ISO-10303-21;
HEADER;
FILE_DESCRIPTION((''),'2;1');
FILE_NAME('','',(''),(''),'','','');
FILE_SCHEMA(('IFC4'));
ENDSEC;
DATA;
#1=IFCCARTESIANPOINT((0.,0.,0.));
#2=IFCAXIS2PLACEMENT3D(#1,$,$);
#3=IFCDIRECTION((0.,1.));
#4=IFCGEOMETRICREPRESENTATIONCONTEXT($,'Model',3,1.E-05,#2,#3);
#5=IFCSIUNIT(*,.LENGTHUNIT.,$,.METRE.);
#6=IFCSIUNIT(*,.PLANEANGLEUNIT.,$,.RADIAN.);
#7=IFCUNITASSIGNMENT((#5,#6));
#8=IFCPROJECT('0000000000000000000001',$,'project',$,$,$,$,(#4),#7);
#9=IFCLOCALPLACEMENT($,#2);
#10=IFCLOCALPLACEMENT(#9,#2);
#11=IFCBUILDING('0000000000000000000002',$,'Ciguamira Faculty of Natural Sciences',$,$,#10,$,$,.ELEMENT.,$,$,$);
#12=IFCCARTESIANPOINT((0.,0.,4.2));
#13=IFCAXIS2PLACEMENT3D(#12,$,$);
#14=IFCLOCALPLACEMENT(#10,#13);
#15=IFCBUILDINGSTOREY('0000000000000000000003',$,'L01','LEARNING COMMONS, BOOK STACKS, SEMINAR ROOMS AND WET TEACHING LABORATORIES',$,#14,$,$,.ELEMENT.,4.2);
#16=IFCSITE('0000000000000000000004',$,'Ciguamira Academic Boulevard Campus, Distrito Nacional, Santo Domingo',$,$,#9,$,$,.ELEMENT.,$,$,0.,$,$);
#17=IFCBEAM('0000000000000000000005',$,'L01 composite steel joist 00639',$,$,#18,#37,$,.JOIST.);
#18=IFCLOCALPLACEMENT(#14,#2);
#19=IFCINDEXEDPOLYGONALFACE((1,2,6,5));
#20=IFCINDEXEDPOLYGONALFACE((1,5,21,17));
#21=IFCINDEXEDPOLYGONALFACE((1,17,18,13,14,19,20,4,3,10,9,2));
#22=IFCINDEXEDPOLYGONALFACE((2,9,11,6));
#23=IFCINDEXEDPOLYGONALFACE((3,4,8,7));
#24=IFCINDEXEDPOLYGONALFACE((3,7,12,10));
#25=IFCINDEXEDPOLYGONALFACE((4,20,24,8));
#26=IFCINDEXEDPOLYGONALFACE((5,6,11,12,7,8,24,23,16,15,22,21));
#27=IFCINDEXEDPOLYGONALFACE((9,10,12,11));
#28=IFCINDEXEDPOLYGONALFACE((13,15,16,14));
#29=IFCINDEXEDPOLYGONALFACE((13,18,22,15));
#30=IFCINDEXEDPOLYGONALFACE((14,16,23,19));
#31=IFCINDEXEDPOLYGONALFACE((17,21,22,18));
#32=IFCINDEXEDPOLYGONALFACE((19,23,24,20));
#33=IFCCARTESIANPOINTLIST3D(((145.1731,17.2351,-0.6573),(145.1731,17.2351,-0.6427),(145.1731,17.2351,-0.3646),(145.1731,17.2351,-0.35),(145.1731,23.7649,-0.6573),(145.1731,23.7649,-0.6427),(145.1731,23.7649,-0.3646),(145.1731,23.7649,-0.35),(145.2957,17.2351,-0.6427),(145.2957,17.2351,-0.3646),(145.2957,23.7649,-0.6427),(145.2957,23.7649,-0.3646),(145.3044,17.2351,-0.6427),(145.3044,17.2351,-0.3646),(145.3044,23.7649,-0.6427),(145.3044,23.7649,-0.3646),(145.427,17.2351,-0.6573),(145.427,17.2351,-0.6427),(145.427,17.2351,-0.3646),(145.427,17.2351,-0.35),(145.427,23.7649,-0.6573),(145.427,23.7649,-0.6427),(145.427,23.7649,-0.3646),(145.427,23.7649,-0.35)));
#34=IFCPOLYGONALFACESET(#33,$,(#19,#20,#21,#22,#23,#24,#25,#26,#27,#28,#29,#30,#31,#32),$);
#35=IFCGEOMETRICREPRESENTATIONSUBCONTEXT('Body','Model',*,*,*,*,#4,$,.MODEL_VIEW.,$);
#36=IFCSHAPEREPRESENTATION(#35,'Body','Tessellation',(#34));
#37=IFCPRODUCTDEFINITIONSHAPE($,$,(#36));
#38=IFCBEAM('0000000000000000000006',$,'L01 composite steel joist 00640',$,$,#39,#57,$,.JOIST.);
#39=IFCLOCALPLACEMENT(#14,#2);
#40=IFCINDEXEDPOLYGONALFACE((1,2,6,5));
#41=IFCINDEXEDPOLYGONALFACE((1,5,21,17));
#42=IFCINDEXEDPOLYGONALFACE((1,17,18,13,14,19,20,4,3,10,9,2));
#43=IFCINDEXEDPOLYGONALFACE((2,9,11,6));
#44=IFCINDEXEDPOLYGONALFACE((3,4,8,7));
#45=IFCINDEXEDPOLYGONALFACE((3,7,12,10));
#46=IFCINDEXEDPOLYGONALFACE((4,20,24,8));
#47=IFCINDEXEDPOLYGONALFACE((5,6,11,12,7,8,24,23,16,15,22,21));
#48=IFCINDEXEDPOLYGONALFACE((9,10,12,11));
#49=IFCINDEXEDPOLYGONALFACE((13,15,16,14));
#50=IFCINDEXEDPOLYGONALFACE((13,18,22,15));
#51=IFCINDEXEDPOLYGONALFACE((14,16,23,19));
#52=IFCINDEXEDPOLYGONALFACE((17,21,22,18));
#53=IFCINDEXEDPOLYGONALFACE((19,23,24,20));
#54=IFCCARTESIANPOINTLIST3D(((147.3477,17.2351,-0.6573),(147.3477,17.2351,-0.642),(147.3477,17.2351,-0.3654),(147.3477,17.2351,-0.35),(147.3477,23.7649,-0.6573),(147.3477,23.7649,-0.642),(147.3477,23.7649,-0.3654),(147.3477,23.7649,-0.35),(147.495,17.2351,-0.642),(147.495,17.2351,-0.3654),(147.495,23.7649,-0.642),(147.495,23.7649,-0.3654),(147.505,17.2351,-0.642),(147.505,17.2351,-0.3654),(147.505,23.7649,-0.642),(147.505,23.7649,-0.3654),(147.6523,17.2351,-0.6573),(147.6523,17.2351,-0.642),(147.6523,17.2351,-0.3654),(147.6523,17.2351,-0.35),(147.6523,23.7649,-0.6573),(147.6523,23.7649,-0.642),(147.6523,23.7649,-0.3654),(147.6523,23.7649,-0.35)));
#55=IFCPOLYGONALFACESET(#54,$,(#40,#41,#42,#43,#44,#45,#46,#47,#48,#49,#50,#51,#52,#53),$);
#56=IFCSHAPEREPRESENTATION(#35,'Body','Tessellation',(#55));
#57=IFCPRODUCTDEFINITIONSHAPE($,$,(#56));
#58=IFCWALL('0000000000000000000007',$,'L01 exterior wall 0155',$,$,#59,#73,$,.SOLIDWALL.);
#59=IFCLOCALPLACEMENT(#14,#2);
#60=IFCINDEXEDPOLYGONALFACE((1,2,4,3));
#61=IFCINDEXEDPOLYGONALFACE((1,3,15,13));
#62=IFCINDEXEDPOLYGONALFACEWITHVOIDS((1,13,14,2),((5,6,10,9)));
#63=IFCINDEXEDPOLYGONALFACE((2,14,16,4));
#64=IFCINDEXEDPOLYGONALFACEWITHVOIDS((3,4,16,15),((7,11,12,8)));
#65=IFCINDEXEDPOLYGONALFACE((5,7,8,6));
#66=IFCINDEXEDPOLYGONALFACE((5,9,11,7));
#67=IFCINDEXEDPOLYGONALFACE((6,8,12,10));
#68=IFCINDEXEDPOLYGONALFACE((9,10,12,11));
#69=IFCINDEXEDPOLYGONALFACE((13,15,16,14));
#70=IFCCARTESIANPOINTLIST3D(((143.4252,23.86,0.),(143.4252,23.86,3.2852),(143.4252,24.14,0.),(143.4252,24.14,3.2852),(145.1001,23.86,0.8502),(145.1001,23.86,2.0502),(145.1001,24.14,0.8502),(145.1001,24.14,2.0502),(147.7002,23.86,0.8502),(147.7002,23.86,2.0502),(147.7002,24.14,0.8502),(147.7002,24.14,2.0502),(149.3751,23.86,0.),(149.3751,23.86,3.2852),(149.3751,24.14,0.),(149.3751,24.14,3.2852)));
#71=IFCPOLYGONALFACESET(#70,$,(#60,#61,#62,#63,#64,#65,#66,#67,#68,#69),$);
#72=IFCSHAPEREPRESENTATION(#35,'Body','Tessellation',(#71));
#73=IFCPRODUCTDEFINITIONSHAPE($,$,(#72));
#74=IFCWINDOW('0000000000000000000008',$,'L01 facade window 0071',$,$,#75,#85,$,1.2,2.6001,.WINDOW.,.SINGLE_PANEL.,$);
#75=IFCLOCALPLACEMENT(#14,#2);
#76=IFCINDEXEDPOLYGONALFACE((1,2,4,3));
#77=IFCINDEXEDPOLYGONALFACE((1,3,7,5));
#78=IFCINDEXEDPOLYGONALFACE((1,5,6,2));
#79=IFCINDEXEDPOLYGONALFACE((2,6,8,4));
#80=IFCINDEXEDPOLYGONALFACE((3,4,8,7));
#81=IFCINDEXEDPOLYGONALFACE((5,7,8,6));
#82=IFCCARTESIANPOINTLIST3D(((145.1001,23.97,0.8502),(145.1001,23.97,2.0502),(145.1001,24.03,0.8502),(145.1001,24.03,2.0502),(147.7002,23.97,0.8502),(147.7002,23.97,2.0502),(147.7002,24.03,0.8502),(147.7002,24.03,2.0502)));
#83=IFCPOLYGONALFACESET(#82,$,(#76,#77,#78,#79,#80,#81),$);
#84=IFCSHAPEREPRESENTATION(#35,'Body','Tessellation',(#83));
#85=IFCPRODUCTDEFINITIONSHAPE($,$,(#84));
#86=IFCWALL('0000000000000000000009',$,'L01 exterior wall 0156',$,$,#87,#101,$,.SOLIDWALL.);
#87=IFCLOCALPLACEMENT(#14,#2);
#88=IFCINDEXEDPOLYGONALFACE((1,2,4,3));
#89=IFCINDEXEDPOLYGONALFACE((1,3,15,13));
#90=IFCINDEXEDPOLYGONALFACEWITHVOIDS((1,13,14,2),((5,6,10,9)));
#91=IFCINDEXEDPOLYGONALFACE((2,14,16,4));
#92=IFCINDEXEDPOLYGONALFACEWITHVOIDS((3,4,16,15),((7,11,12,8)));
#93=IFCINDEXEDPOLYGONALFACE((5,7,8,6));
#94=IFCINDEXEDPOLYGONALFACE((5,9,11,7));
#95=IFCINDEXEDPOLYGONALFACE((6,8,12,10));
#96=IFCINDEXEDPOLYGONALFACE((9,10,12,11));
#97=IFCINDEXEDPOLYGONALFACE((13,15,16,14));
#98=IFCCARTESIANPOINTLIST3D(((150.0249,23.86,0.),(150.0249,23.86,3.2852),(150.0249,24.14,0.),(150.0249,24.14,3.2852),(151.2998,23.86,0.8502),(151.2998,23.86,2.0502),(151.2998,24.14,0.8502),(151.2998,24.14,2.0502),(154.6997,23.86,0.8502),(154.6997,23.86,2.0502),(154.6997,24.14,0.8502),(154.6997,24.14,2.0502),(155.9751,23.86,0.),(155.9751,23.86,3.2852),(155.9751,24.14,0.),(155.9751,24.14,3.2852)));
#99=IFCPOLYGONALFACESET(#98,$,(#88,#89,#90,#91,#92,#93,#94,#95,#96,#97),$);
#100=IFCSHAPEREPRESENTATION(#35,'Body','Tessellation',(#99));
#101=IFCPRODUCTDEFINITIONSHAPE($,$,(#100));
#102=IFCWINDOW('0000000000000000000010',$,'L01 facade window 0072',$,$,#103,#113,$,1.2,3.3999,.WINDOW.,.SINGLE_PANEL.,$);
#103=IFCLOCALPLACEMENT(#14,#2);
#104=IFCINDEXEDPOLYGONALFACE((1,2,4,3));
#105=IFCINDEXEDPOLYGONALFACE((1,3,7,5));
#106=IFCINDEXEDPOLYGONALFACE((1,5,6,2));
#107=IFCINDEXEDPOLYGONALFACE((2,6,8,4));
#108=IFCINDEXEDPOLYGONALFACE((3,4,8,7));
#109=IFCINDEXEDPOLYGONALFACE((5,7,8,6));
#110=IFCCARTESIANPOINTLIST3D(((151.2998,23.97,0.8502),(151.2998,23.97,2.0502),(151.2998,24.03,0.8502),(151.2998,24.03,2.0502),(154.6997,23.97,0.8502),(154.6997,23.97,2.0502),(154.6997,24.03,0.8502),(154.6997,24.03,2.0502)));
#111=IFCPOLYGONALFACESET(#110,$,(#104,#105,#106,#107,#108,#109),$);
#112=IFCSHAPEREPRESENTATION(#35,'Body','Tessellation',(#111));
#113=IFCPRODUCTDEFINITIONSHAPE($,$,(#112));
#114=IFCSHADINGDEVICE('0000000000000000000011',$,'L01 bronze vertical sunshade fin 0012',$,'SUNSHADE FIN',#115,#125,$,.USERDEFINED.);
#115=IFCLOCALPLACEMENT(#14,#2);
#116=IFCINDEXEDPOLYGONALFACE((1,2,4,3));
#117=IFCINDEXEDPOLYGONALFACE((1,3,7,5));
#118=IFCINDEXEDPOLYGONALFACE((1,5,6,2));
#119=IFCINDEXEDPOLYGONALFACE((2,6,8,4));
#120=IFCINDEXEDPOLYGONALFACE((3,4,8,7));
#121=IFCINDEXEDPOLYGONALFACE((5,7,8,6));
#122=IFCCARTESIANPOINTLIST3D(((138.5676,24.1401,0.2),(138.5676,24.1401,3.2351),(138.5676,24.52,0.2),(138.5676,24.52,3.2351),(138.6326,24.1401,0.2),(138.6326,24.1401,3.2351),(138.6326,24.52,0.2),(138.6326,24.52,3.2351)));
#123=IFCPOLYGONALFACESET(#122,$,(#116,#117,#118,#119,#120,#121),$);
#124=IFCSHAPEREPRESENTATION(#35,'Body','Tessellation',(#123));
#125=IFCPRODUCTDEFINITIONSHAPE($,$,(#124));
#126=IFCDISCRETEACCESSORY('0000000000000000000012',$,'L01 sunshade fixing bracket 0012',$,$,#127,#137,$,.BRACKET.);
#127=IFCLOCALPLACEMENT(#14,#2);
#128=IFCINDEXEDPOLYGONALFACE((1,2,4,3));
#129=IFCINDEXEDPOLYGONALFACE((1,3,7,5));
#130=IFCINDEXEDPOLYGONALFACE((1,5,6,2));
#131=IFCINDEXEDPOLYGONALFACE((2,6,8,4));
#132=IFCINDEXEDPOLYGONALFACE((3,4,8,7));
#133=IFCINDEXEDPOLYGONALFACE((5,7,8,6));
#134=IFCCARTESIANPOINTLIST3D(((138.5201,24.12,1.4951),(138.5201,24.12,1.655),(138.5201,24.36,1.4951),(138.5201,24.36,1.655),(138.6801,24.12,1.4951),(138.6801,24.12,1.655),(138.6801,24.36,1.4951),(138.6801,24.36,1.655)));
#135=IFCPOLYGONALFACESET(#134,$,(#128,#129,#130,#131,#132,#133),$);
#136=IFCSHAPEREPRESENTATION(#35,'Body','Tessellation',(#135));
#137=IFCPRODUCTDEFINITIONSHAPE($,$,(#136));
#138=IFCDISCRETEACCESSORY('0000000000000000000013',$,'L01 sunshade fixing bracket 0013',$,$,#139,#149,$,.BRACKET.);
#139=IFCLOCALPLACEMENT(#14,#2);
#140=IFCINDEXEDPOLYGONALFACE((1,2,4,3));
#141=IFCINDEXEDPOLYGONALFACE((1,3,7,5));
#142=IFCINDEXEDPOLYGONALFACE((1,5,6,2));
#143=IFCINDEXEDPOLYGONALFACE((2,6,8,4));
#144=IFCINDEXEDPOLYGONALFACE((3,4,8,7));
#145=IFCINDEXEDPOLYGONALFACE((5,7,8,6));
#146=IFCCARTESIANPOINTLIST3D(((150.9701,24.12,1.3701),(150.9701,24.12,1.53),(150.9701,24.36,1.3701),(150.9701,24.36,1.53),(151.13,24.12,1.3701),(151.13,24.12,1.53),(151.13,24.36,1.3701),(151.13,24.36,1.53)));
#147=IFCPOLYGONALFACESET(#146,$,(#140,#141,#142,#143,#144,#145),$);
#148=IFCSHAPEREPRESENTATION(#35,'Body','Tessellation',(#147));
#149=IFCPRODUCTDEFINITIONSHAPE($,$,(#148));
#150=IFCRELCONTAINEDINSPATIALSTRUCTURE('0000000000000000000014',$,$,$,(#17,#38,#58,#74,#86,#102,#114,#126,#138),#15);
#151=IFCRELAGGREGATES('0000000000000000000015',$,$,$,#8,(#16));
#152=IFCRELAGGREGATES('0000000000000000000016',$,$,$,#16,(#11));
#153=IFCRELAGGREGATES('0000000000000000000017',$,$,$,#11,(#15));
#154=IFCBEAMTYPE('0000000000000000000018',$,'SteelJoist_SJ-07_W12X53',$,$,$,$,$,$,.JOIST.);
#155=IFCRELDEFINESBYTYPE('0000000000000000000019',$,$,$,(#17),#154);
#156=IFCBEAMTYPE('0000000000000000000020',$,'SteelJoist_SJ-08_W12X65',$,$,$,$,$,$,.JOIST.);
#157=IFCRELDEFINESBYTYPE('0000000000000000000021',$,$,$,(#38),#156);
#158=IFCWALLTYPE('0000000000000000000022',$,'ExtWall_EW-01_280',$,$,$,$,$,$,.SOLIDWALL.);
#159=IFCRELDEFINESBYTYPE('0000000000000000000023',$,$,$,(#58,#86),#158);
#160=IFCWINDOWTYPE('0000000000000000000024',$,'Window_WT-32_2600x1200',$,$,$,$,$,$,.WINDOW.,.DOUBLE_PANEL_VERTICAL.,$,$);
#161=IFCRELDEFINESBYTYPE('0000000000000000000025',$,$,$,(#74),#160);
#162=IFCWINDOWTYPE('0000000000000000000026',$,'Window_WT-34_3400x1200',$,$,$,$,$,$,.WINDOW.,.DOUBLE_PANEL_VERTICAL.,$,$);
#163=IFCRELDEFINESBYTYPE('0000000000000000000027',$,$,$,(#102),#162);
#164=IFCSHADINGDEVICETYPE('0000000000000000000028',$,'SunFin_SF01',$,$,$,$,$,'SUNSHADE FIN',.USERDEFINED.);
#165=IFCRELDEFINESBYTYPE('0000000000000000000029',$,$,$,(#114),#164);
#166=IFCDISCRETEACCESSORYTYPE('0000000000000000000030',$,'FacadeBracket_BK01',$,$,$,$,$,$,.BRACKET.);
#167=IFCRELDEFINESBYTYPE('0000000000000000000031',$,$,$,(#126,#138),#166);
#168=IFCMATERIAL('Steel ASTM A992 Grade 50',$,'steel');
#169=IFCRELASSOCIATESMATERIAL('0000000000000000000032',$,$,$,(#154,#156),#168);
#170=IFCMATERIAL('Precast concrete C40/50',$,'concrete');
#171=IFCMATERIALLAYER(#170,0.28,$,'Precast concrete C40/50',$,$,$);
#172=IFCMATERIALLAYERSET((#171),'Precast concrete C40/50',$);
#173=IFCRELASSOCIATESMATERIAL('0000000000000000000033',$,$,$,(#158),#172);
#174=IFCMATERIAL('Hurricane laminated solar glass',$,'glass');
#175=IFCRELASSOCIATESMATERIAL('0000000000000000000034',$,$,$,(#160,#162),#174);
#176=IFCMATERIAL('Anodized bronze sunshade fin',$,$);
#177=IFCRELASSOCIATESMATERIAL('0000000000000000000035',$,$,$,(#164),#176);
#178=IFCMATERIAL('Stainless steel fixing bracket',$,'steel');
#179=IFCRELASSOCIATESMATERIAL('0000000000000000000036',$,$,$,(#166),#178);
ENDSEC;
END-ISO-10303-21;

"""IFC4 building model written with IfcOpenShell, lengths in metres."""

from ifc_helpers import new_model, si_unit, direction, frame, frame_2d, origin, origin_2d, place, context, subcontext, project, spatial, rectangle, i_section, extrude, material, layer, layer_set, material_profile, profile_set, type_object, element, fill, save


model = new_model("IFC4")

# Units and contexts
model_context = context("Model", 3, precision=1e-05, world=origin(), true_north=direction((0.0, 1.0)))
body_context = subcontext(model_context, "Body", "Model", "MODEL_VIEW")
ifc_project = project(units=[si_unit("LENGTHUNIT", "METRE"), si_unit("PLANEANGLEUNIT", "RADIAN")], contexts=[model_context])

# Site, building, storey
site_placement = place(None, origin())
site = spatial("IfcSite", under=ifc_project, at=site_placement, Name="Ciguamira Academic Boulevard Campus, Distrito Nacional, Santo Domingo", CompositionType="ELEMENT", RefElevation=0.0)
building_placement = place(site_placement, origin())
building = spatial("IfcBuilding", under=site, at=building_placement, Name="Ciguamira Faculty of Natural Sciences", CompositionType="ELEMENT")
storey_placement = place(building_placement, frame((0.0, 0.0, 4.2)))
storey = spatial("IfcBuildingStorey", under=building, at=storey_placement, Name="L01", Description="LEARNING COMMONS, BOOK STACKS, SEMINAR ROOMS AND WET TEACHING LABORATORIES", CompositionType="ELEMENT", Elevation=4.2)

# Beams
ifc_material_1 = material(Name="Steel ASTM A992 Grade 50", Category="steel")
ifc_material_profile_1 = material_profile(ifc_material_1, i_section(OverallWidth=0.2539, OverallDepth=0.3074, WebThickness=0.0088, FlangeThickness=0.0146, at=origin_2d()), Name="W12X53")
ifc_profile_set_1 = profile_set([ifc_material_profile_1], Name="Steel ASTM A992 Grade 50")
beam_type_1 = type_object("IfcBeamType", Name="SteelJoist_SJ-07_W12X53", PredefinedType="JOIST", material=ifc_profile_set_1)
beam_1_placement = place(storey_placement, frame((145.3, 17.2351, -0.5037), z_axis=(0.0, 1.0, 0.0), x_axis=(-1.0, 0.0, 0.0)))
element("IfcBeam", 1, at=beam_1_placement, inside=storey, type_object=beam_type_1, Name="L01 composite steel joist 00639", PredefinedType="JOIST", context=body_context, shape_type="SweptSolid", body=[
    extrude(i_section(OverallWidth=0.2539, OverallDepth=0.3074, WebThickness=0.0088, FlangeThickness=0.0146, at=origin_2d()), origin(), (0.0, 0.0, 1.0), 6.5298),
])
ifc_material_profile_2 = material_profile(ifc_material_1, i_section(OverallWidth=0.3047, OverallDepth=0.3074, WebThickness=0.01, FlangeThickness=0.0154, at=origin_2d()), Name="W12X65")
ifc_profile_set_2 = profile_set([ifc_material_profile_2], Name="Steel ASTM A992 Grade 50")
beam_type_2 = type_object("IfcBeamType", Name="SteelJoist_SJ-08_W12X65", PredefinedType="JOIST", material=ifc_profile_set_2)
beam_2_placement = place(storey_placement, frame((147.5, 17.2351, -0.5037), z_axis=(0.0, 1.0, 0.0), x_axis=(-1.0, 0.0, 0.0)))
element("IfcBeam", 2, at=beam_2_placement, inside=storey, type_object=beam_type_2, Name="L01 composite steel joist 00640", PredefinedType="JOIST", context=body_context, shape_type="SweptSolid", body=[
    extrude(i_section(OverallWidth=0.3047, OverallDepth=0.3074, WebThickness=0.01, FlangeThickness=0.0154, at=origin_2d()), origin(), (0.0, 0.0, 1.0), 6.5298),
])

# Walls, openings, windows
ifc_material_2 = material(Name="Precast concrete C40/50", Category="concrete")
ifc_layer = layer(ifc_material_2, 0.28, Name="Precast concrete C40/50")
ifc_layer_set = layer_set([ifc_layer], Name="Precast concrete C40/50")
wall_type = type_object("IfcWallType", Name="ExtWall_EW-01_280", PredefinedType="SOLIDWALL", material=ifc_layer_set)
wall_1_placement = place(storey_placement, frame((143.425, 24.0, 0.0), z_axis=(0.0, 0.0, 1.0), x_axis=(1.0, 0.0, 0.0)))
wall_1 = element("IfcWall", 3, at=wall_1_placement, inside=storey, type_object=wall_type, Name="L01 exterior wall 0155", PredefinedType="SOLIDWALL", context=body_context, shape_type="SweptSolid", body=[
    extrude(rectangle(XDim=5.95, YDim=0.28, at=frame_2d((2.9751, 0.0))), origin(), (0.0, 0.0, 1.0), 3.2852),
])
opening_1_placement = place(wall_1_placement, frame((1.675, 0.0, 0.8501)))
opening_1 = element("IfcOpeningElement", 4, at=opening_1_placement, cuts=wall_1, PredefinedType="OPENING", context=body_context, shape_type="SweptSolid", body=[
    extrude(rectangle(XDim=2.6001, YDim=1.2, at=frame_2d((1.3, 0.6001))), frame((0.0, 0.1499, 0.0), z_axis=(0.0, -1.0, 0.0), x_axis=(1.0, 0.0, 0.0)), (0.0, 0.0, 1.0), 0.3),
])
ifc_material_3 = material(Name="Hurricane laminated solar glass", Category="glass")
window_type_1 = type_object("IfcWindowType", Name="Window_WT-32_2600x1200", PartitioningType="DOUBLE_PANEL_VERTICAL", PredefinedType="WINDOW", material=ifc_material_3)
window_1_placement = place(opening_1_placement, origin())
window_1 = element("IfcWindow", 5, at=window_1_placement, inside=storey, type_object=window_type_1, Name="L01 facade window 0071", OverallHeight=1.2, OverallWidth=2.6001, PartitioningType="SINGLE_PANEL", PredefinedType="WINDOW", context=body_context, shape_type="SweptSolid", body=[
    extrude(rectangle(XDim=2.6001, YDim=1.2, at=frame_2d((1.3, 0.6001))), frame((0.0, 0.03, 0.0), z_axis=(0.0, -1.0, 0.0), x_axis=(1.0, 0.0, 0.0)), (0.0, 0.0, 1.0), 0.0601),
])
fill(opening_1, window_1)
wall_2_placement = place(storey_placement, frame((150.0249, 24.0, 0.0), z_axis=(0.0, 0.0, 1.0), x_axis=(1.0, 0.0, 0.0)))
wall_2 = element("IfcWall", 6, at=wall_2_placement, inside=storey, type_object=wall_type, Name="L01 exterior wall 0156", PredefinedType="SOLIDWALL", context=body_context, shape_type="SweptSolid", body=[
    extrude(rectangle(XDim=5.9502, YDim=0.28, at=frame_2d((2.9751, 0.0))), origin(), (0.0, 0.0, 1.0), 3.2852),
])
opening_2_placement = place(wall_2_placement, frame((1.2749, 0.0, 0.8501)))
opening_2 = element("IfcOpeningElement", 7, at=opening_2_placement, cuts=wall_2, PredefinedType="OPENING", context=body_context, shape_type="SweptSolid", body=[
    extrude(rectangle(XDim=3.3999, YDim=1.2, at=frame_2d((1.7, 0.6001))), frame((0.0, 0.1499, 0.0), z_axis=(0.0, -1.0, 0.0), x_axis=(1.0, 0.0, 0.0)), (0.0, 0.0, 1.0), 0.3),
])
window_type_2 = type_object("IfcWindowType", Name="Window_WT-34_3400x1200", PartitioningType="DOUBLE_PANEL_VERTICAL", PredefinedType="WINDOW", material=ifc_material_3)
window_2_placement = place(opening_2_placement, origin())
window_2 = element("IfcWindow", 8, at=window_2_placement, inside=storey, type_object=window_type_2, Name="L01 facade window 0072", OverallHeight=1.2, OverallWidth=3.3999, PartitioningType="SINGLE_PANEL", PredefinedType="WINDOW", context=body_context, shape_type="SweptSolid", body=[
    extrude(rectangle(XDim=3.3999, YDim=1.2, at=frame_2d((1.7, 0.6001))), frame((0.0, 0.03, 0.0), z_axis=(0.0, -1.0, 0.0), x_axis=(1.0, 0.0, 0.0)), (0.0, 0.0, 1.0), 0.0601),
])
fill(opening_2, window_2)

# Shading device
ifc_material_4 = material(Name="Anodized bronze sunshade fin")
ifc_material_profile_3 = material_profile(ifc_material_4, rectangle(XDim=0.0649, YDim=0.3799, at=origin_2d()), Name="BRZ-FIN-65X380")
ifc_profile_set_3 = profile_set([ifc_material_profile_3], Name="Anodized bronze sunshade fin")
shading_device_type = type_object("IfcShadingDeviceType", Name="SunFin_SF01", ElementType="SUNSHADE FIN", PredefinedType="USERDEFINED", material=ifc_profile_set_3)
shading_device_placement = place(storey_placement, frame((138.6001, 24.3301, 0.2), z_axis=(0.0, 0.0, 1.0), x_axis=(1.0, 0.0, 0.0)))
element("IfcShadingDevice", 9, at=shading_device_placement, inside=storey, type_object=shading_device_type, Name="L01 bronze vertical sunshade fin 0012", ObjectType="SUNSHADE FIN", PredefinedType="USERDEFINED", context=body_context, shape_type="SweptSolid", body=[
    extrude(rectangle(XDim=0.0649, YDim=0.3799, at=origin_2d()), origin(), (0.0, 0.0, 1.0), 3.0352),
])

# Discrete accessories
ifc_material_5 = material(Name="Stainless steel fixing bracket", Category="steel")
discrete_accessory_type = type_object("IfcDiscreteAccessoryType", Name="FacadeBracket_BK01", PredefinedType="BRACKET", material=ifc_material_5)
for number, where, z_axis, x_axis, name in (
    (10, (138.6001, 24.24, 1.4951), (0.0, 0.0, 1.0), (1.0, 0.0, 0.0), "L01 sunshade fixing bracket 0012"),
    (11, (151.05, 24.24, 1.3701), (0.0, 0.0, 1.0), (1.0, 0.0, 0.0), "L01 sunshade fixing bracket 0013"),
):
    element("IfcDiscreteAccessory", number, at=place(storey_placement, frame(where, z_axis=z_axis, x_axis=x_axis)), inside=storey, type_object=discrete_accessory_type, Name=name, PredefinedType="BRACKET", context=body_context, shape_type="SweptSolid", body=[
        extrude(rectangle(XDim=0.1599, YDim=0.24, at=origin_2d()), origin(), (0.0, 0.0, 1.0), 0.1599),
    ])

save(model, "model.ifc")
